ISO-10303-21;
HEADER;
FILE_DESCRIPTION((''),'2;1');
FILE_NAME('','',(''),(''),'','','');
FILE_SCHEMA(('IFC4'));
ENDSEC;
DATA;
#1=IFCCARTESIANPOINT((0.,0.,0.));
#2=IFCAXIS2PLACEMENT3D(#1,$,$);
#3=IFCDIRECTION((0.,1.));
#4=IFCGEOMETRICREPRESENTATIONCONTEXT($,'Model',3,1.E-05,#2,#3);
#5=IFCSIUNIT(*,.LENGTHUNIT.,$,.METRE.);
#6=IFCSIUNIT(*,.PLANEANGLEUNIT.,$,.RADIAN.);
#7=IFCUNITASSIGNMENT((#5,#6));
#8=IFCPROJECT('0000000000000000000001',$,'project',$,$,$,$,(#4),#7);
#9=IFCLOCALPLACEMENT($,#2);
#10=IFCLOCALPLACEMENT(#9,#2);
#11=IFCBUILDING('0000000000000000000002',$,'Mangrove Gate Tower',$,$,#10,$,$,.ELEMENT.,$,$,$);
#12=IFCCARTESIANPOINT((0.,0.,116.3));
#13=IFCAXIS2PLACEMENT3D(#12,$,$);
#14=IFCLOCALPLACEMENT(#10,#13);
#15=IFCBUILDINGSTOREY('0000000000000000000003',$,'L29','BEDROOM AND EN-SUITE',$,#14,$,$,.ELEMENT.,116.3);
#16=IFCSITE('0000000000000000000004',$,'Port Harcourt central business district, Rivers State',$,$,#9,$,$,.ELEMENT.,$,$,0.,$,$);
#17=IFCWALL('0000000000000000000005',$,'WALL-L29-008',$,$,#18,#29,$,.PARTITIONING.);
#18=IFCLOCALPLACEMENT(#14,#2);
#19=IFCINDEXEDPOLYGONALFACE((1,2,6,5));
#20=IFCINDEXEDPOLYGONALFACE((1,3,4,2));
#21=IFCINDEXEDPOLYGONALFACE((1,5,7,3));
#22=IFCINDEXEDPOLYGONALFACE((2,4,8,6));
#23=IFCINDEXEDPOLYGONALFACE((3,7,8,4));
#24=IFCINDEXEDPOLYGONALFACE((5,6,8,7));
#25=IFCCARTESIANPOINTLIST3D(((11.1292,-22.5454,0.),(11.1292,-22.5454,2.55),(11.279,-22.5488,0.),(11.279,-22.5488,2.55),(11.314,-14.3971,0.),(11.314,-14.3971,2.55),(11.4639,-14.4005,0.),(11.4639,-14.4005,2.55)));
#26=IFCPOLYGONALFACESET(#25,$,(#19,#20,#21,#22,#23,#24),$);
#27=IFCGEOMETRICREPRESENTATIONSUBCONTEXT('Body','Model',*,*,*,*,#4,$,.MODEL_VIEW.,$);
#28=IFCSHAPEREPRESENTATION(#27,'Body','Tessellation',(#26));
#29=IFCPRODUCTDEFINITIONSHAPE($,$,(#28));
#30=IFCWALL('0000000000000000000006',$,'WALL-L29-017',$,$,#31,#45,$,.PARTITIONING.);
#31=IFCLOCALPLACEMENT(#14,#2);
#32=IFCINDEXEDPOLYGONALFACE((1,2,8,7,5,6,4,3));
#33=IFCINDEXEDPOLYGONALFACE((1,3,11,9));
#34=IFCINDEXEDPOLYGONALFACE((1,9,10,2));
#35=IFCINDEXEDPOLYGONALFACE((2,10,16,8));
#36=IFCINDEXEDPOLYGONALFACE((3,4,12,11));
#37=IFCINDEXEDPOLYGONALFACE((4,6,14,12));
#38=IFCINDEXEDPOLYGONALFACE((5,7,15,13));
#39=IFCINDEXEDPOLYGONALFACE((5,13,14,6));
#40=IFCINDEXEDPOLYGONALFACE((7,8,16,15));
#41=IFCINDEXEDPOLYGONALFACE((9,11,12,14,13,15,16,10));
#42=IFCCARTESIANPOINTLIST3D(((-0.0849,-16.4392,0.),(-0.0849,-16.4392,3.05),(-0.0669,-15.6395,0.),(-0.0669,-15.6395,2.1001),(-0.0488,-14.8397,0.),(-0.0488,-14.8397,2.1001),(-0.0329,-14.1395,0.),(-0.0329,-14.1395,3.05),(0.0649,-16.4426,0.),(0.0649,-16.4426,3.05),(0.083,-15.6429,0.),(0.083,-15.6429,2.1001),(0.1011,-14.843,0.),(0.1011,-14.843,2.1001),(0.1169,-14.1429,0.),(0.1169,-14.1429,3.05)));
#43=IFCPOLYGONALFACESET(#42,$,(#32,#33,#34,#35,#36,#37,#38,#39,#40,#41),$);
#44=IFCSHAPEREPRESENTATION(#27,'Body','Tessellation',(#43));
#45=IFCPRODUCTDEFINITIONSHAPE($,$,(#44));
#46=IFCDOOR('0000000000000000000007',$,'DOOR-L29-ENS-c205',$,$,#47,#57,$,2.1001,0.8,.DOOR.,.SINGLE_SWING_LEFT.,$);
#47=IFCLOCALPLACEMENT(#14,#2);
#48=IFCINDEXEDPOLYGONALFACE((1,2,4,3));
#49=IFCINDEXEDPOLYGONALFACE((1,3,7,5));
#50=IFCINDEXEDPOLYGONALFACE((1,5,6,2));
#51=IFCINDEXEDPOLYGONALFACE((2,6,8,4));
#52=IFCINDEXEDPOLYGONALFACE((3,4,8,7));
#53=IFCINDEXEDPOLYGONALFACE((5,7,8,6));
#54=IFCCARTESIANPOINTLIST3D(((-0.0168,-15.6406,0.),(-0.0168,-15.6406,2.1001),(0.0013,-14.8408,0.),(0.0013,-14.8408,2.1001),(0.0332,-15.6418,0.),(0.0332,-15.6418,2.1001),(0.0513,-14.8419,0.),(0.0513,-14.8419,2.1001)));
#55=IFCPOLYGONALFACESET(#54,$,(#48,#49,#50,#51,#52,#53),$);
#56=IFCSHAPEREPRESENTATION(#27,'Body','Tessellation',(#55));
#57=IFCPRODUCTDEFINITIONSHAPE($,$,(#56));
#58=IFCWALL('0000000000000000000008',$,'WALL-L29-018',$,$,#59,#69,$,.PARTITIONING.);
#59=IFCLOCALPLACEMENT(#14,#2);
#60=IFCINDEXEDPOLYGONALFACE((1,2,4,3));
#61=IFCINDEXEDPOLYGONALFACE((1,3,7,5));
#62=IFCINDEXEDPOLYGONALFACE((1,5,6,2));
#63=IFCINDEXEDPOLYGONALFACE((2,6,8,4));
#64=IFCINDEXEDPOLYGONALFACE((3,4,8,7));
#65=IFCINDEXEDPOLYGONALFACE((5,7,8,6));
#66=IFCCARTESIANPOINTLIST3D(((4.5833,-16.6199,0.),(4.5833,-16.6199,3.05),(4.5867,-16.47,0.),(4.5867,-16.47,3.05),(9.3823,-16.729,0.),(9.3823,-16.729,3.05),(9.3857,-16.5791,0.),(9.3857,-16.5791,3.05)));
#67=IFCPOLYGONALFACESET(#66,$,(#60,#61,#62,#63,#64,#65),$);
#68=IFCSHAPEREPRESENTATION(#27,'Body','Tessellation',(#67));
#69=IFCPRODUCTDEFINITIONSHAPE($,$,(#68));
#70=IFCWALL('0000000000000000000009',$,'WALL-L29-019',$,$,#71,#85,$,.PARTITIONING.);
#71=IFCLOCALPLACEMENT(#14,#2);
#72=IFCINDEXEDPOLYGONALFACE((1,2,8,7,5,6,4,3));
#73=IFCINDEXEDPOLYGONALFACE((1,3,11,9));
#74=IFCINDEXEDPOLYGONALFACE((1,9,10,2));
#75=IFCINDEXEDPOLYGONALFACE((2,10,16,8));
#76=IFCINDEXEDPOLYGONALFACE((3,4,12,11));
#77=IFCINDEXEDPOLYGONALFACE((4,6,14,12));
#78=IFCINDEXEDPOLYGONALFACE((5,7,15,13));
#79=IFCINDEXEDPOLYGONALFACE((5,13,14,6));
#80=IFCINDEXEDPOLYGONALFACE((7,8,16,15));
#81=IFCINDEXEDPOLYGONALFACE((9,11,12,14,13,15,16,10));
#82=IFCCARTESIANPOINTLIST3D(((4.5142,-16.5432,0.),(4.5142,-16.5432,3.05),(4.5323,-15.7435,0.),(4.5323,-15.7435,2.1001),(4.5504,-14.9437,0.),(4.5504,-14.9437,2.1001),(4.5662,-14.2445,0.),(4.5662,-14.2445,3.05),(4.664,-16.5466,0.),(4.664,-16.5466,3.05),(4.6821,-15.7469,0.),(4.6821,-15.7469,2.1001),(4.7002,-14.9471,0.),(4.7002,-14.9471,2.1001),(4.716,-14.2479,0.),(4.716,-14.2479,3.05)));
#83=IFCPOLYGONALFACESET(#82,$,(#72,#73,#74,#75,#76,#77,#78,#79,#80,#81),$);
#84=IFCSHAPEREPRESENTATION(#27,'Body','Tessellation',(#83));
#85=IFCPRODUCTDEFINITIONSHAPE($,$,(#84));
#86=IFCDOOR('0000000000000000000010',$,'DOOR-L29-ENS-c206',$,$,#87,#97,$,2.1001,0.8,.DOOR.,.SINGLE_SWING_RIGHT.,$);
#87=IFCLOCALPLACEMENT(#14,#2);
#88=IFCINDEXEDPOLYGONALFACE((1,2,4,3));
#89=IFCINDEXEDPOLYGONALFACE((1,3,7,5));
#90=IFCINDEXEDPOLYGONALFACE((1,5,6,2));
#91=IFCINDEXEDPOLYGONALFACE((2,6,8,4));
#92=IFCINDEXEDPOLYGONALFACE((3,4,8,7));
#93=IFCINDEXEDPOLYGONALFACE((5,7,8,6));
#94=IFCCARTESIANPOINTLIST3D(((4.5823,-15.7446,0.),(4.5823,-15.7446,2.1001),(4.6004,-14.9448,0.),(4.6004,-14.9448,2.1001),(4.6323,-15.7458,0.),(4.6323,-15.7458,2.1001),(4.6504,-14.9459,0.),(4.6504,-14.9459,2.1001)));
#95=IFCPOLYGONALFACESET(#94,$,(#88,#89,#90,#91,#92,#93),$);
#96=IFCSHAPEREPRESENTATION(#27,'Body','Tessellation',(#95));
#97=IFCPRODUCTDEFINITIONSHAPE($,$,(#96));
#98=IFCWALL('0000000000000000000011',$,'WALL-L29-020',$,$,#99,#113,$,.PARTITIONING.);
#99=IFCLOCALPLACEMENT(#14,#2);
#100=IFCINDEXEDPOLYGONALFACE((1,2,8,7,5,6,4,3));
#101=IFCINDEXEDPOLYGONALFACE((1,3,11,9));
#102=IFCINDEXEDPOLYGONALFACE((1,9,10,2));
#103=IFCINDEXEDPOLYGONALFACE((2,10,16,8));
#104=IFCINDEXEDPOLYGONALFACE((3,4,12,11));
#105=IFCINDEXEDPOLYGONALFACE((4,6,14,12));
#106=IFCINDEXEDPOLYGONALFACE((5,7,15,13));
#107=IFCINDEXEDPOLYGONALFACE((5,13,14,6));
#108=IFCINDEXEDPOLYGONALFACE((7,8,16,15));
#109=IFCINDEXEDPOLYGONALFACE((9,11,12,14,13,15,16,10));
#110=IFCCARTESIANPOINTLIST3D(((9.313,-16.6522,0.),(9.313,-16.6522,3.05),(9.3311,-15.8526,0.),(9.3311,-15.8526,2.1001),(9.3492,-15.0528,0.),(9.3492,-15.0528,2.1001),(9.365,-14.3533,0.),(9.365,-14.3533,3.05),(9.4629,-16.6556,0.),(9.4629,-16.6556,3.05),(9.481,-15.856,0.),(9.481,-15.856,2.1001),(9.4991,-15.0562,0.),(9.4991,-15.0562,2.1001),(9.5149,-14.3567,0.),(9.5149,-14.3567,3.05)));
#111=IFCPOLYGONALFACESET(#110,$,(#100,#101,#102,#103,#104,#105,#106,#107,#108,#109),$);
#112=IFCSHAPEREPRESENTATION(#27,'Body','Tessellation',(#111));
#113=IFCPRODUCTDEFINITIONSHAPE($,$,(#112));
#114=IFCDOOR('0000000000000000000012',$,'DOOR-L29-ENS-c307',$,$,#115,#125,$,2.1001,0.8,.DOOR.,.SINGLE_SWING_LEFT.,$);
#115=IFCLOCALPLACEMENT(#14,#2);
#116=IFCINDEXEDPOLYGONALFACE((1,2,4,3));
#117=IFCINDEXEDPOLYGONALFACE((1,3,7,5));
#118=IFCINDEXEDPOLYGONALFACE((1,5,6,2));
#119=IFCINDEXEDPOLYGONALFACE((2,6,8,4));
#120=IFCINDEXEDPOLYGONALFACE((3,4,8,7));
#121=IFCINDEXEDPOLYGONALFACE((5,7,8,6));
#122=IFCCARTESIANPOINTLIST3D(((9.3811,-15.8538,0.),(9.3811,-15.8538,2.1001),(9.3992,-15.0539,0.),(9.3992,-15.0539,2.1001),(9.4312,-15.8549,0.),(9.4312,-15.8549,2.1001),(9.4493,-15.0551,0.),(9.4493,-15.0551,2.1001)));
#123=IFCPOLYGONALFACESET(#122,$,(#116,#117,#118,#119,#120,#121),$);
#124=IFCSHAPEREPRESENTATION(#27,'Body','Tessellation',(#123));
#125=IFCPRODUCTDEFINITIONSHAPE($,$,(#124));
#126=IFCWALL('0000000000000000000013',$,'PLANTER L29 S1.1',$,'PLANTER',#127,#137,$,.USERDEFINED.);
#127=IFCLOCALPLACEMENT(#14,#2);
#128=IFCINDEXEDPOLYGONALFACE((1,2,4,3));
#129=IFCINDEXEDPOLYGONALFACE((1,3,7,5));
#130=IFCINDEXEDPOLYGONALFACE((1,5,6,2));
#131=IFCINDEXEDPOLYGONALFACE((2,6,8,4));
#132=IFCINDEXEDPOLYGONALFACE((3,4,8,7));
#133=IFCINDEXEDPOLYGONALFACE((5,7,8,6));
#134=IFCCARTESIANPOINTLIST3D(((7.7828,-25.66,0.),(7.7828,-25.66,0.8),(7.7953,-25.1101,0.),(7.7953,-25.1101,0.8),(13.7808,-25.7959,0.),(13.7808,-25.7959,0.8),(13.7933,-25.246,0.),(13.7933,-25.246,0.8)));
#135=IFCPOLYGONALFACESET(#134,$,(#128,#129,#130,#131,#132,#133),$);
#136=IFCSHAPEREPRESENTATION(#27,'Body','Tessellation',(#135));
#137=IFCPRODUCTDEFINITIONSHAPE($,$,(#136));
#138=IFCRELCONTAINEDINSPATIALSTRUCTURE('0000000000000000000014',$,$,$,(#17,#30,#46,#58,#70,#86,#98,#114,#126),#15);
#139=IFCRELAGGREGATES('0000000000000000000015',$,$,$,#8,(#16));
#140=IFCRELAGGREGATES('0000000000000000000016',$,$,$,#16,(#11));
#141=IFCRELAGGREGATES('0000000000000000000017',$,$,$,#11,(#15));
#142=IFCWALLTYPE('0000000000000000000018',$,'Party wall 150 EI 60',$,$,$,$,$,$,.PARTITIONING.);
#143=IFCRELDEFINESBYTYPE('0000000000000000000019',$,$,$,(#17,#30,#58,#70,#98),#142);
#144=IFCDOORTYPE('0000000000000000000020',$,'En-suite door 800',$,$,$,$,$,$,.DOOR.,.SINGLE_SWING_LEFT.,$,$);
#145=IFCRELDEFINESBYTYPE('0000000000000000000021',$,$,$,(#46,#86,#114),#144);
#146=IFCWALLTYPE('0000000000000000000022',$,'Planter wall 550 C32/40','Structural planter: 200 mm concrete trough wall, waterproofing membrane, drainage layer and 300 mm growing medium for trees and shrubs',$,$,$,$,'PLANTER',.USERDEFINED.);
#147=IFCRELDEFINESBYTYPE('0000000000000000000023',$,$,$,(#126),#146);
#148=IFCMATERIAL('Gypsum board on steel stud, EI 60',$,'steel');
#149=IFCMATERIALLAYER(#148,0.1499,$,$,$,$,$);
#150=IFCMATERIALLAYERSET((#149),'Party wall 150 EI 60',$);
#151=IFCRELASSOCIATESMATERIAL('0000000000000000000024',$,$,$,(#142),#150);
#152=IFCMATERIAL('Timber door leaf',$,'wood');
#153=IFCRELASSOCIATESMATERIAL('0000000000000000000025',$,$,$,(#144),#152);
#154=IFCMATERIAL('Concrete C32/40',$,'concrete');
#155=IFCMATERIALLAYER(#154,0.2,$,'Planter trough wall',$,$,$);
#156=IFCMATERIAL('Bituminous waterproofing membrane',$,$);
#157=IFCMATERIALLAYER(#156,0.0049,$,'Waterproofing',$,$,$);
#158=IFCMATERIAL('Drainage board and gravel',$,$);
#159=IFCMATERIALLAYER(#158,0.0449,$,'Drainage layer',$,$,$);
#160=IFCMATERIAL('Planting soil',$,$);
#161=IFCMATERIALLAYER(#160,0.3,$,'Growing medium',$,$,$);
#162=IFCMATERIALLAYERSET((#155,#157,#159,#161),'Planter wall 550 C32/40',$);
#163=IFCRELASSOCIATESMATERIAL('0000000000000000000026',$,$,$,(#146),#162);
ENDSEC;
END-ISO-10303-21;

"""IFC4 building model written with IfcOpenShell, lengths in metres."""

from ifc_helpers import new_model, si_unit, direction, frame, frame_2d, origin, place, context, subcontext, project, spatial, rectangle, extrude, material, layer, layer_set, type_object, element, fill, save


model = new_model("IFC4")

# Units and contexts
model_context = context("Model", 3, precision=1e-05, world=origin(), true_north=direction((0.0, 1.0)))
body_context = subcontext(model_context, "Body", "Model", "MODEL_VIEW")
ifc_project = project(units=[si_unit("LENGTHUNIT", "METRE"), si_unit("PLANEANGLEUNIT", "RADIAN")], contexts=[model_context])

# Site, building, storey
site_placement = place(None, origin())
site = spatial("IfcSite", under=ifc_project, at=site_placement, Name="Port Harcourt central business district, Rivers State", CompositionType="ELEMENT", RefElevation=0.0)
building_placement = place(site_placement, origin())
building = spatial("IfcBuilding", under=site, at=building_placement, Name="Mangrove Gate Tower", CompositionType="ELEMENT")
storey_placement = place(building_placement, frame((0.0, 0.0, 116.3)))
storey = spatial("IfcBuildingStorey", under=building, at=storey_placement, Name="L29", Description="BEDROOM AND EN-SUITE", CompositionType="ELEMENT", Elevation=116.3)

# Wall
ifc_material_1 = material(Name="Gypsum board on steel stud, EI 60", Category="steel")
ifc_layer_1 = layer(ifc_material_1, 0.1499)
ifc_layer_set_1 = layer_set([ifc_layer_1], Name="Party wall 150 EI 60")
wall_type_1 = type_object("IfcWallType", Name="Party wall 150 EI 60", PredefinedType="PARTITIONING", material=ifc_layer_set_1)
wall_1_placement = place(storey_placement, frame((11.2041, -22.5471, 0.0), z_axis=(0.0, 0.0, 1.0), x_axis=(0.022676, 0.999743, 0.0)))
element("IfcWall", 1, at=wall_1_placement, inside=storey, type_object=wall_type_1, Name="WALL-L29-008", PredefinedType="PARTITIONING", context=body_context, shape_type="SweptSolid", body=[
    extrude(rectangle(XDim=8.1504, YDim=0.1499, at=frame_2d((4.0752, 0.0))), origin(), (0.0, 0.0, 1.0), 2.55),
])

# Wall, opening, door
wall_2_placement = place(storey_placement, frame((-0.01, -16.4409, 0.0), z_axis=(0.0, 0.0, 1.0), x_axis=(0.022606, 0.999744, 0.0)))
wall_2 = element("IfcWall", 2, at=wall_2_placement, inside=storey, type_object=wall_type_1, Name="WALL-L29-017", PredefinedType="PARTITIONING", context=body_context, shape_type="SweptSolid", body=[
    extrude(rectangle(XDim=2.3003, YDim=0.1499, at=frame_2d((1.1501, 0.0))), origin(), (0.0, 0.0, 1.0), 3.05),
])
opening_1_placement = place(wall_2_placement, frame((0.8, 0.0, 0.0)))
opening_1 = element("IfcOpeningElement", 3, at=opening_1_placement, cuts=wall_2, PredefinedType="OPENING", context=body_context, shape_type="SweptSolid", body=[
    extrude(rectangle(XDim=0.8, YDim=2.1001, at=frame_2d((0.3999, 1.05))), frame((0.0, 0.085, 0.0), z_axis=(0.0, -1.0, 0.0), x_axis=(1.0, 0.0, 0.0)), (0.0, 0.0, 1.0), 0.1699),
])
ifc_material_2 = material(Name="Timber door leaf", Category="wood")
door_type_1 = type_object("IfcDoorType", Name="En-suite door 800", OperationType="SINGLE_SWING_LEFT", PredefinedType="DOOR", material=ifc_material_2)
door_1_placement = place(opening_1_placement, origin())
door_1 = element("IfcDoor", 4, at=door_1_placement, inside=storey, type_object=door_type_1, Name="DOOR-L29-ENS-c205", OperationType="SINGLE_SWING_LEFT", OverallHeight=2.1001, OverallWidth=0.8, PredefinedType="DOOR", context=body_context, shape_type="SweptSolid", body=[
    extrude(rectangle(XDim=0.8, YDim=2.1001, at=frame_2d((0.3999, 1.05))), frame((0.0, 0.0249, 0.0), z_axis=(0.0, -1.0, 0.0), x_axis=(1.0, 0.0, 0.0)), (0.0, 0.0, 1.0), 0.05),
])
fill(opening_1, door_1)

# Wall
wall_3_placement = place(storey_placement, frame((4.585, -16.5449, 0.0), z_axis=(0.0, 0.0, 1.0), x_axis=(0.999742, -0.022734, 0.0)))
element("IfcWall", 5, at=wall_3_placement, inside=storey, type_object=wall_type_1, Name="WALL-L29-018", PredefinedType="PARTITIONING", context=body_context, shape_type="SweptSolid", body=[
    extrude(rectangle(XDim=4.8003, YDim=0.1499, at=frame_2d((2.4001, 0.0))), origin(), (0.0, 0.0, 1.0), 3.05),
])

# Walls, openings, doors
wall_4_placement = place(storey_placement, frame((4.5891, -16.5449, 0.0), z_axis=(0.0, 0.0, 1.0), x_axis=(0.022615, 0.999744, 0.0)))
wall_4 = element("IfcWall", 6, at=wall_4_placement, inside=storey, type_object=wall_type_1, Name="WALL-L29-019", PredefinedType="PARTITIONING", context=body_context, shape_type="SweptSolid", body=[
    extrude(rectangle(XDim=2.2993, YDim=0.1499, at=frame_2d((1.1497, 0.0))), origin(), (0.0, 0.0, 1.0), 3.05),
])
opening_2_placement = place(wall_4_placement, frame((0.8, 0.0, 0.0)))
opening_2 = element("IfcOpeningElement", 7, at=opening_2_placement, cuts=wall_4, PredefinedType="OPENING", context=body_context, shape_type="SweptSolid", body=[
    extrude(rectangle(XDim=0.8, YDim=2.1001, at=frame_2d((0.3999, 1.05))), frame((0.0, 0.085, 0.0), z_axis=(0.0, -1.0, 0.0), x_axis=(1.0, 0.0, 0.0)), (0.0, 0.0, 1.0), 0.1699),
])
door_2_placement = place(opening_2_placement, origin())
door_2 = element("IfcDoor", 8, at=door_2_placement, inside=storey, type_object=door_type_1, Name="DOOR-L29-ENS-c206", OperationType="SINGLE_SWING_RIGHT", OverallHeight=2.1001, OverallWidth=0.8, PredefinedType="DOOR", context=body_context, shape_type="SweptSolid", body=[
    extrude(rectangle(XDim=0.8, YDim=2.1001, at=frame_2d((0.3999, 1.05))), frame((0.0, 0.0249, 0.0), z_axis=(0.0, -1.0, 0.0), x_axis=(1.0, 0.0, 0.0)), (0.0, 0.0, 1.0), 0.05),
])
fill(opening_2, door_2)
wall_5_placement = place(storey_placement, frame((9.3879, -16.6541, 0.0), z_axis=(0.0, 0.0, 1.0), x_axis=(0.022613, 0.999744, 0.0)))
wall_5 = element("IfcWall", 9, at=wall_5_placement, inside=storey, type_object=wall_type_1, Name="WALL-L29-020", PredefinedType="PARTITIONING", context=body_context, shape_type="SweptSolid", body=[
    extrude(rectangle(XDim=2.2996, YDim=0.1499, at=frame_2d((1.1499, 0.0))), origin(), (0.0, 0.0, 1.0), 3.05),
])
opening_3_placement = place(wall_5_placement, frame((0.8, 0.0, 0.0)))
opening_3 = element("IfcOpeningElement", 10, at=opening_3_placement, cuts=wall_5, PredefinedType="OPENING", context=body_context, shape_type="SweptSolid", body=[
    extrude(rectangle(XDim=0.8, YDim=2.1001, at=frame_2d((0.3999, 1.05))), frame((0.0, 0.085, 0.0), z_axis=(0.0, -1.0, 0.0), x_axis=(1.0, 0.0, 0.0)), (0.0, 0.0, 1.0), 0.1699),
])
door_3_placement = place(opening_3_placement, origin())
door_3 = element("IfcDoor", 11, at=door_3_placement, inside=storey, type_object=door_type_1, Name="DOOR-L29-ENS-c307", OperationType="SINGLE_SWING_LEFT", OverallHeight=2.1001, OverallWidth=0.8, PredefinedType="DOOR", context=body_context, shape_type="SweptSolid", body=[
    extrude(rectangle(XDim=0.8, YDim=2.1001, at=frame_2d((0.3999, 1.05))), frame((0.0, 0.0249, 0.0), z_axis=(0.0, -1.0, 0.0), x_axis=(1.0, 0.0, 0.0)), (0.0, 0.0, 1.0), 0.05),
])
fill(opening_3, door_3)

# Wall
ifc_material_3 = material(Name="Concrete C32/40", Category="concrete")
ifc_layer_2 = layer(ifc_material_3, 0.2, Name="Planter trough wall")
ifc_material_4 = material(Name="Bituminous waterproofing membrane")
ifc_layer_3 = layer(ifc_material_4, 0.0049, Name="Waterproofing")
ifc_material_5 = material(Name="Drainage board and gravel")
ifc_layer_4 = layer(ifc_material_5, 0.0449, Name="Drainage layer")
ifc_material_6 = material(Name="Planting soil")
ifc_layer_5 = layer(ifc_material_6, 0.3, Name="Growing medium")
ifc_layer_set_2 = layer_set([ifc_layer_2, ifc_layer_3, ifc_layer_4, ifc_layer_5], Name="Planter wall 550 C32/40")
wall_type_2 = type_object("IfcWallType", Name="Planter wall 550 C32/40", Description="Structural planter: 200 mm concrete trough wall, waterproofing membrane, drainage layer and 300 mm growing medium for trees and shrubs", ElementType="PLANTER", PredefinedType="USERDEFINED", material=ifc_layer_set_2)
wall_6_placement = place(storey_placement, frame((7.7891, -25.385, 0.0), z_axis=(0.0, 0.0, 1.0), x_axis=(0.999743, -0.022666, 0.0)))
element("IfcWall", 12, at=wall_6_placement, inside=storey, type_object=wall_type_2, Name="PLANTER L29 S1.1", ObjectType="PLANTER", PredefinedType="USERDEFINED", context=body_context, shape_type="SweptSolid", body=[
    extrude(rectangle(XDim=5.9995, YDim=0.55, at=frame_2d((2.9998, 0.0))), origin(), (0.0, 0.0, 1.0), 0.8),
])

save(model, "model.ifc")
